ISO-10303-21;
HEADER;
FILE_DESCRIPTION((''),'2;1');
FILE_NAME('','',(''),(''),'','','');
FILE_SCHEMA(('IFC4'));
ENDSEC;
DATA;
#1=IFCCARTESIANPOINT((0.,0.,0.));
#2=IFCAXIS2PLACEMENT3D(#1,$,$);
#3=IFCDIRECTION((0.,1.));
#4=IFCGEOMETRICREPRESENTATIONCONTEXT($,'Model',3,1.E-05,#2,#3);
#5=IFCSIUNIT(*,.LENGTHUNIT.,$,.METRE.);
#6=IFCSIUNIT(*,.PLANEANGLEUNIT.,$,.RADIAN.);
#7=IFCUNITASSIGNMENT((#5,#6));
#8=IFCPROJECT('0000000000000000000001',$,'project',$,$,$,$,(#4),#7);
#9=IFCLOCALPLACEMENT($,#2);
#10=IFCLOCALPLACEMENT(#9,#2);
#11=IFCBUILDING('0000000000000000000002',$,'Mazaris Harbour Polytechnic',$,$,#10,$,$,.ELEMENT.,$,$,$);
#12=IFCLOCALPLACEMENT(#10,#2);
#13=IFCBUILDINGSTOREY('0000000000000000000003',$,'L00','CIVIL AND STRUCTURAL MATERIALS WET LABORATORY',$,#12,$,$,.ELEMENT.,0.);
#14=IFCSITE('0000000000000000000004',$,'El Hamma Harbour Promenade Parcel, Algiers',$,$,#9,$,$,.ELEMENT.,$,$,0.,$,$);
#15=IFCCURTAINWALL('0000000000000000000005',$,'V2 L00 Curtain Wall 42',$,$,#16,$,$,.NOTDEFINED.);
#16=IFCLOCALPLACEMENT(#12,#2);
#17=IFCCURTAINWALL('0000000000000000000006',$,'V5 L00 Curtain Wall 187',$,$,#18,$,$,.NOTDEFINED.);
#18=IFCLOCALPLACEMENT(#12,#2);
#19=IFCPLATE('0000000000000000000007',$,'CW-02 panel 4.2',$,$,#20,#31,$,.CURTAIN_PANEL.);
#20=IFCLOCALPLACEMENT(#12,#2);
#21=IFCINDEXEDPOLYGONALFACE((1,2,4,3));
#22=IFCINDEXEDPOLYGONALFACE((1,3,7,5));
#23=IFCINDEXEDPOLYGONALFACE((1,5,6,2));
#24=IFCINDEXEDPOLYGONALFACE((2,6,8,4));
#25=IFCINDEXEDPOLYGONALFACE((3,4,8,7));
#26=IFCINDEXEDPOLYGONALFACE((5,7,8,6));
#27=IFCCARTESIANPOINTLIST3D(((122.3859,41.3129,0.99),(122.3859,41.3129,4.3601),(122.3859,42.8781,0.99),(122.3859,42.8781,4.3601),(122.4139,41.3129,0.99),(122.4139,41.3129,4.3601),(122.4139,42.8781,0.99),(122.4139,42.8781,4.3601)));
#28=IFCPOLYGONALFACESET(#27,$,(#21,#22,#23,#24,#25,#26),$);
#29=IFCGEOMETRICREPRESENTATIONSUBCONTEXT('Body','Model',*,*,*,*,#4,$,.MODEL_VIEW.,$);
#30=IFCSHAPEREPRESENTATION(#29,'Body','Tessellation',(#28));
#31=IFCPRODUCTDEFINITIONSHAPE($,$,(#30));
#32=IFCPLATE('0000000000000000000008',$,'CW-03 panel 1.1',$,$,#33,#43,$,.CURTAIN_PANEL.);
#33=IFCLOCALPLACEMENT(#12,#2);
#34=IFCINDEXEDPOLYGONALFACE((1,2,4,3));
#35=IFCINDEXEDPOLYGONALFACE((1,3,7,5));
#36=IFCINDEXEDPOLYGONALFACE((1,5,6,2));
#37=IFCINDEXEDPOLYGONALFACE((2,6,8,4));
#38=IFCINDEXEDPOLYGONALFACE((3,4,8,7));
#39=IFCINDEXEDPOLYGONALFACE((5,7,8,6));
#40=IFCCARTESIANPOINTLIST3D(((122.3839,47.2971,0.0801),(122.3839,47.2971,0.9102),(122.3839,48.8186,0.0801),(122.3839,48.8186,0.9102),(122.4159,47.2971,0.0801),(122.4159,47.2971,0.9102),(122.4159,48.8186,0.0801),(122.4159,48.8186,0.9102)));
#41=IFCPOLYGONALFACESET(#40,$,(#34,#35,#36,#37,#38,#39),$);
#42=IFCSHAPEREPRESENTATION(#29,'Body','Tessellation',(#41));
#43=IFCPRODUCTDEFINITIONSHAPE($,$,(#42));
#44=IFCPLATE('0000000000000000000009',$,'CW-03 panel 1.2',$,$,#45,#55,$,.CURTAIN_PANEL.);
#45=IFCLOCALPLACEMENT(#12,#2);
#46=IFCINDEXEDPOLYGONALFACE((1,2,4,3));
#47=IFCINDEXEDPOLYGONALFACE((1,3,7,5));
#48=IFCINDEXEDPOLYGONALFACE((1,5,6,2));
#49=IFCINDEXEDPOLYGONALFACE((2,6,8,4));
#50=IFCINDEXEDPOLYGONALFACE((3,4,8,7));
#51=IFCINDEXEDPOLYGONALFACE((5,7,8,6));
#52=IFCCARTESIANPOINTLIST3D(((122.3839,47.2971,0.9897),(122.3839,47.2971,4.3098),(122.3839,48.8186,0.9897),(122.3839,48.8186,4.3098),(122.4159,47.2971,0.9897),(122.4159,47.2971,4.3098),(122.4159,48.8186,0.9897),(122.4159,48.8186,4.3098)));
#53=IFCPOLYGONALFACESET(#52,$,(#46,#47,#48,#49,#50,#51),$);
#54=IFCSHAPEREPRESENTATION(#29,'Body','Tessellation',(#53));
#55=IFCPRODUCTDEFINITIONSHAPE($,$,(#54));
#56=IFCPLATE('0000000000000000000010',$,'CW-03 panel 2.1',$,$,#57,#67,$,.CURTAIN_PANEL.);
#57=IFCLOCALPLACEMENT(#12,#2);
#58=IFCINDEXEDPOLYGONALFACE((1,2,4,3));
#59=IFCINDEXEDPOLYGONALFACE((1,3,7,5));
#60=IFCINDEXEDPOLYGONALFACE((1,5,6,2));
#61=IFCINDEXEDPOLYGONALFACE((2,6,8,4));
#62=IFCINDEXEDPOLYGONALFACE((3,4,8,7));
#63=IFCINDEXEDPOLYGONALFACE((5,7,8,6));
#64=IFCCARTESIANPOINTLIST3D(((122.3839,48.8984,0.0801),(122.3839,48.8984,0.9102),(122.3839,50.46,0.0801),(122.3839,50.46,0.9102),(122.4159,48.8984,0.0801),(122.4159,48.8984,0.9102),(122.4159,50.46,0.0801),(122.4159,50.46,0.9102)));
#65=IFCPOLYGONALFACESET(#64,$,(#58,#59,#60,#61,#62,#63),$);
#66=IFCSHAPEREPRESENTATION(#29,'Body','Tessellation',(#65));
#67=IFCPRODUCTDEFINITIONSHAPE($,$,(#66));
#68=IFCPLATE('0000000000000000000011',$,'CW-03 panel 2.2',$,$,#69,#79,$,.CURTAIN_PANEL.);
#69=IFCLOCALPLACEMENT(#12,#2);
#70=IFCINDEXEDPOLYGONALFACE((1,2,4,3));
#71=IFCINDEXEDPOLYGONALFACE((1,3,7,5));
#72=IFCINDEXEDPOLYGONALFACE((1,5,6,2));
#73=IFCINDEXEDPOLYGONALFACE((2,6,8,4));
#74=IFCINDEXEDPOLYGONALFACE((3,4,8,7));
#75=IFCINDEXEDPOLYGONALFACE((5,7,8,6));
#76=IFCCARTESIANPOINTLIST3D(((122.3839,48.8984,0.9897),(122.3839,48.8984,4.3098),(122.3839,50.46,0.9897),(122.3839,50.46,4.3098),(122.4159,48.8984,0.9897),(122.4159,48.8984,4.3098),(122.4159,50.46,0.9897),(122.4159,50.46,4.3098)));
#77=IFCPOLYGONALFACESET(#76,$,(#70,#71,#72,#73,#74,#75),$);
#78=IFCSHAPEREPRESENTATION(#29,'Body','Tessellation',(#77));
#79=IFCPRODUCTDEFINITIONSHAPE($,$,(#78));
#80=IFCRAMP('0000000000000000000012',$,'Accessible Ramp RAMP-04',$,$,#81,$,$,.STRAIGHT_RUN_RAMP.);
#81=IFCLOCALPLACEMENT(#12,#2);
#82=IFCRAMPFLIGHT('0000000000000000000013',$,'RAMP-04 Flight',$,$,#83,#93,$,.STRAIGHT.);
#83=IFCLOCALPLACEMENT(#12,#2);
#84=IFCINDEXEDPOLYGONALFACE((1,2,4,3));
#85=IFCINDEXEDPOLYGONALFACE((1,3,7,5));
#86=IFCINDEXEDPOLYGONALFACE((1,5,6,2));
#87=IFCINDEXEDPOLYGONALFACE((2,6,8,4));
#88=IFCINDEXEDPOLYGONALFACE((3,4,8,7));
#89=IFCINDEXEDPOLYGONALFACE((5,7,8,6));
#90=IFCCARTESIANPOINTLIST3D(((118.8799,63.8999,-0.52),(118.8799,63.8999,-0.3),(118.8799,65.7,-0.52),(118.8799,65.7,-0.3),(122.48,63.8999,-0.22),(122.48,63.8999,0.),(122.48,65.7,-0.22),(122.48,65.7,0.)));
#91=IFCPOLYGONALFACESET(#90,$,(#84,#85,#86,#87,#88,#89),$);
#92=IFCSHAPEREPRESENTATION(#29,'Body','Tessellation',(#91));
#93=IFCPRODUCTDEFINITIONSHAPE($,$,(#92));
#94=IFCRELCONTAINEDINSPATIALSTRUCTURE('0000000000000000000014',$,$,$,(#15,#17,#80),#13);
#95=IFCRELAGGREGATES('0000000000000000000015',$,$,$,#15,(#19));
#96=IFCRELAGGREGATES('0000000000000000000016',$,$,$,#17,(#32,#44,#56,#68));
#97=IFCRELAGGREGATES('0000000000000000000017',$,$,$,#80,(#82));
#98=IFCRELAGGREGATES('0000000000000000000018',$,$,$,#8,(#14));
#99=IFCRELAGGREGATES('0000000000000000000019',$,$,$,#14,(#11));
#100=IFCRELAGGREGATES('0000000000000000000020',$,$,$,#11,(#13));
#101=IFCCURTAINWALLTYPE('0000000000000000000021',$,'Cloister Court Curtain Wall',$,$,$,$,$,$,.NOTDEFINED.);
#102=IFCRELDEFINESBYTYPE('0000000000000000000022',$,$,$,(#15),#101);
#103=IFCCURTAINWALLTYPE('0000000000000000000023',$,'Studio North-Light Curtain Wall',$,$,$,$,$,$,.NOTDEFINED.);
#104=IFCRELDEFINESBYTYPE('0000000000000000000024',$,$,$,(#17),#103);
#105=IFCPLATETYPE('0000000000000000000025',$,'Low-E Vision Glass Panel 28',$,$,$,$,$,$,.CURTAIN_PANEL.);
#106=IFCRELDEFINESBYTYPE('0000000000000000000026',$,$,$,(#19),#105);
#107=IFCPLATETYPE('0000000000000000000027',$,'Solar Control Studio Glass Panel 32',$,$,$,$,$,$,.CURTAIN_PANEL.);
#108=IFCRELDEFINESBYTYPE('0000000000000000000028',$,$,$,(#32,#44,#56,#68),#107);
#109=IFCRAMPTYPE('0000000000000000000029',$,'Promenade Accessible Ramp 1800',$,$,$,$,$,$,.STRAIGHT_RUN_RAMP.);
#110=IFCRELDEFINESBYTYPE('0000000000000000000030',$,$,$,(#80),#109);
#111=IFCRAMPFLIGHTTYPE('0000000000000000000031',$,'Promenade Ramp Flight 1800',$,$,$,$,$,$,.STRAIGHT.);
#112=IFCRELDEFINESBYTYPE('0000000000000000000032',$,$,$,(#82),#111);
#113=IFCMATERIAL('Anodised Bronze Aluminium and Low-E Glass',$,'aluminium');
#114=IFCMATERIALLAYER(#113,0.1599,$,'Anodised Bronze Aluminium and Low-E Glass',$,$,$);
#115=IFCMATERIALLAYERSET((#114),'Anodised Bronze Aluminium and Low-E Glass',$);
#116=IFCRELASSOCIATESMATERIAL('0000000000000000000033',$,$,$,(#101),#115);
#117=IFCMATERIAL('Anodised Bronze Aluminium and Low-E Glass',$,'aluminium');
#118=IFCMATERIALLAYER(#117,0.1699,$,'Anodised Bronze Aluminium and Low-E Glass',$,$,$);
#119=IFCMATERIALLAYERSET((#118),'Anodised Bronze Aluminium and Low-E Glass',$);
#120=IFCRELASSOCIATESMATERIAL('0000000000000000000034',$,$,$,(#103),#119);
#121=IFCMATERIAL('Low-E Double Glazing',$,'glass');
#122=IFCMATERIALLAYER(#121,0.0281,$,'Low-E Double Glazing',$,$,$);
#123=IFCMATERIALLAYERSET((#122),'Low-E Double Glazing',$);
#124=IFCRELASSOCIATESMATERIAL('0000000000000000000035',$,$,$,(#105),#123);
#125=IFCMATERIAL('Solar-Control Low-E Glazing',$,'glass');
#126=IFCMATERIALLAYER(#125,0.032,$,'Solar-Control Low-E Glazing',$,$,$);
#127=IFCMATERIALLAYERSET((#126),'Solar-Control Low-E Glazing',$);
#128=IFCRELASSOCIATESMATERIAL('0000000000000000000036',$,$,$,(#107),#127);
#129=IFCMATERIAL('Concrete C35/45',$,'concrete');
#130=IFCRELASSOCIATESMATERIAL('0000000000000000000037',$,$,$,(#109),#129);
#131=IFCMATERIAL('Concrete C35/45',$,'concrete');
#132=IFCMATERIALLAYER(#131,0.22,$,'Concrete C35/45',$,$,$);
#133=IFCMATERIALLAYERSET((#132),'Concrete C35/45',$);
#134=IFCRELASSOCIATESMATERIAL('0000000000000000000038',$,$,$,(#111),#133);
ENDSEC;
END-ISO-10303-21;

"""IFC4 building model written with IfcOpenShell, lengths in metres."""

from ifc_helpers import new_model, si_unit, direction, frame, origin, origin_2d, place, context, subcontext, project, spatial, polyline, rectangle, outline, extrude, material, layer, layer_set, type_object, element, aggregate, save


model = new_model("IFC4")

# Units and contexts
model_context = context("Model", 3, precision=1e-05, world=origin(), true_north=direction((0.0, 1.0)))
body_context = subcontext(model_context, "Body", "Model", "MODEL_VIEW")
ifc_project = project(units=[si_unit("LENGTHUNIT", "METRE"), si_unit("PLANEANGLEUNIT", "RADIAN")], contexts=[model_context])

# Site, building, storey
site_placement = place(None, origin())
site = spatial("IfcSite", under=ifc_project, at=site_placement, Name="El Hamma Harbour Promenade Parcel, Algiers", CompositionType="ELEMENT", RefElevation=0.0)
building_placement = place(site_placement, origin())
building = spatial("IfcBuilding", under=site, at=building_placement, Name="Mazaris Harbour Polytechnic", CompositionType="ELEMENT")
storey_placement = place(building_placement, origin())
storey = spatial("IfcBuildingStorey", under=building, at=storey_placement, Name="L00", Description="CIVIL AND STRUCTURAL MATERIALS WET LABORATORY", CompositionType="ELEMENT", Elevation=0.0)

# Curtain walls
ifc_material_1 = material(Name="Anodised Bronze Aluminium and Low-E Glass", Category="aluminium")
ifc_layer_1 = layer(ifc_material_1, 0.1599, Name="Anodised Bronze Aluminium and Low-E Glass")
ifc_layer_set_1 = layer_set([ifc_layer_1], Name="Anodised Bronze Aluminium and Low-E Glass")
curtain_wall_type_1 = type_object("IfcCurtainWallType", Name="Cloister Court Curtain Wall", PredefinedType="NOTDEFINED", material=ifc_layer_set_1)
curtain_wall_1_placement = place(storey_placement, origin())
curtain_wall_1 = element("IfcCurtainWall", 1, at=curtain_wall_1_placement, inside=storey, type_object=curtain_wall_type_1, Name="V2 L00 Curtain Wall 42", PredefinedType="NOTDEFINED")
ifc_material_2 = material(Name="Anodised Bronze Aluminium and Low-E Glass", Category="aluminium")
ifc_layer_2 = layer(ifc_material_2, 0.1699, Name="Anodised Bronze Aluminium and Low-E Glass")
ifc_layer_set_2 = layer_set([ifc_layer_2], Name="Anodised Bronze Aluminium and Low-E Glass")
curtain_wall_type_2 = type_object("IfcCurtainWallType", Name="Studio North-Light Curtain Wall", PredefinedType="NOTDEFINED", material=ifc_layer_set_2)
curtain_wall_2_placement = place(storey_placement, origin())
curtain_wall_2 = element("IfcCurtainWall", 2, at=curtain_wall_2_placement, inside=storey, type_object=curtain_wall_type_2, Name="V5 L00 Curtain Wall 187", PredefinedType="NOTDEFINED")

# Plates
ifc_material_3 = material(Name="Low-E Double Glazing", Category="glass")
ifc_layer_3 = layer(ifc_material_3, 0.0281, Name="Low-E Double Glazing")
ifc_layer_set_3 = layer_set([ifc_layer_3], Name="Low-E Double Glazing")
plate_type_1 = type_object("IfcPlateType", Name="Low-E Vision Glass Panel 28", PredefinedType="CURTAIN_PANEL", material=ifc_layer_set_3)
plate_1_placement = place(storey_placement, frame((122.3999, 42.0955, 0.99), z_axis=(0.0, 0.0, 1.0), x_axis=(0.0, 1.0, 0.0)))
plate_1 = element("IfcPlate", 3, at=plate_1_placement, type_object=plate_type_1, Name="CW-02 panel 4.2", PredefinedType="CURTAIN_PANEL", context=body_context, shape_type="SweptSolid", body=[
    extrude(rectangle(XDim=1.5652, YDim=0.0281, at=origin_2d()), origin(), (0.0, 0.0, 1.0), 3.3701),
])
aggregate(curtain_wall_1, [plate_1])
ifc_material_4 = material(Name="Solar-Control Low-E Glazing", Category="glass")
ifc_layer_4 = layer(ifc_material_4, 0.032, Name="Solar-Control Low-E Glazing")
ifc_layer_set_4 = layer_set([ifc_layer_4], Name="Solar-Control Low-E Glazing")
plate_type_2 = type_object("IfcPlateType", Name="Solar Control Studio Glass Panel 32", PredefinedType="CURTAIN_PANEL", material=ifc_layer_set_4)
plate_2_placement = place(storey_placement, frame((122.3999, 48.0579, 0.0801), z_axis=(0.0, 0.0, 1.0), x_axis=(0.0, 1.0, 0.0)))
plate_2 = element("IfcPlate", 4, at=plate_2_placement, type_object=plate_type_2, Name="CW-03 panel 1.1", PredefinedType="CURTAIN_PANEL", context=body_context, shape_type="SweptSolid", body=[
    extrude(rectangle(XDim=1.5215, YDim=0.032, at=origin_2d()), origin(), (0.0, 0.0, 1.0), 0.8301),
])
plate_3_placement = place(storey_placement, frame((122.3999, 48.0579, 0.9897), z_axis=(0.0, 0.0, 1.0), x_axis=(0.0, 1.0, 0.0)))
plate_3 = element("IfcPlate", 5, at=plate_3_placement, type_object=plate_type_2, Name="CW-03 panel 1.2", PredefinedType="CURTAIN_PANEL", context=body_context, shape_type="SweptSolid", body=[
    extrude(rectangle(XDim=1.5215, YDim=0.032, at=origin_2d()), origin(), (0.0, 0.0, 1.0), 3.3201),
])
plate_4_placement = place(storey_placement, frame((122.3999, 49.6792, 0.0801), z_axis=(0.0, 0.0, 1.0), x_axis=(0.0, 1.0, 0.0)))
plate_4 = element("IfcPlate", 6, at=plate_4_placement, type_object=plate_type_2, Name="CW-03 panel 2.1", PredefinedType="CURTAIN_PANEL", context=body_context, shape_type="SweptSolid", body=[
    extrude(rectangle(XDim=1.5615, YDim=0.032, at=origin_2d()), origin(), (0.0, 0.0, 1.0), 0.8301),
])
plate_5_placement = place(storey_placement, frame((122.3999, 49.6792, 0.9897), z_axis=(0.0, 0.0, 1.0), x_axis=(0.0, 1.0, 0.0)))
plate_5 = element("IfcPlate", 7, at=plate_5_placement, type_object=plate_type_2, Name="CW-03 panel 2.2", PredefinedType="CURTAIN_PANEL", context=body_context, shape_type="SweptSolid", body=[
    extrude(rectangle(XDim=1.5615, YDim=0.032, at=origin_2d()), origin(), (0.0, 0.0, 1.0), 3.3201),
])
aggregate(curtain_wall_2, [plate_2, plate_3, plate_4, plate_5])

# Ramp, ramp flight
ifc_material_5 = material(Name="Concrete C35/45", Category="concrete")
ramp_type = type_object("IfcRampType", Name="Promenade Accessible Ramp 1800", PredefinedType="STRAIGHT_RUN_RAMP", material=ifc_material_5)
ramp_placement = place(storey_placement, origin())
ramp = element("IfcRamp", 8, at=ramp_placement, inside=storey, type_object=ramp_type, Name="Accessible Ramp RAMP-04", PredefinedType="STRAIGHT_RUN_RAMP")
ifc_material_6 = material(Name="Concrete C35/45", Category="concrete")
ifc_layer_5 = layer(ifc_material_6, 0.22, Name="Concrete C35/45")
ifc_layer_set_5 = layer_set([ifc_layer_5], Name="Concrete C35/45")
ramp_flight_type = type_object("IfcRampFlightType", Name="Promenade Ramp Flight 1800", PredefinedType="STRAIGHT", material=ifc_layer_set_5)
ramp_flight_placement = place(storey_placement, frame((118.8799, 64.8, -0.3), z_axis=(0.0, 0.0, 1.0), x_axis=(1.0, 0.0, 0.0)))
ramp_flight = element("IfcRampFlight", 9, at=ramp_flight_placement, type_object=ramp_flight_type, Name="RAMP-04 Flight", PredefinedType="STRAIGHT", context=body_context, shape_type="SweptSolid", body=[
    extrude(outline(polyline([(0.0, 0.0), (0.0, -0.22), (3.6001, 0.0801), (3.6001, 0.3), (0.0, 0.0)])), frame((0.0, 0.8999, 0.0), z_axis=(0.0, -1.0, 0.0), x_axis=(1.0, 0.0, 0.0)), (0.0, 0.0, 1.0), 1.8),
])
aggregate(ramp, [ramp_flight])

save(model, "model.ifc")
